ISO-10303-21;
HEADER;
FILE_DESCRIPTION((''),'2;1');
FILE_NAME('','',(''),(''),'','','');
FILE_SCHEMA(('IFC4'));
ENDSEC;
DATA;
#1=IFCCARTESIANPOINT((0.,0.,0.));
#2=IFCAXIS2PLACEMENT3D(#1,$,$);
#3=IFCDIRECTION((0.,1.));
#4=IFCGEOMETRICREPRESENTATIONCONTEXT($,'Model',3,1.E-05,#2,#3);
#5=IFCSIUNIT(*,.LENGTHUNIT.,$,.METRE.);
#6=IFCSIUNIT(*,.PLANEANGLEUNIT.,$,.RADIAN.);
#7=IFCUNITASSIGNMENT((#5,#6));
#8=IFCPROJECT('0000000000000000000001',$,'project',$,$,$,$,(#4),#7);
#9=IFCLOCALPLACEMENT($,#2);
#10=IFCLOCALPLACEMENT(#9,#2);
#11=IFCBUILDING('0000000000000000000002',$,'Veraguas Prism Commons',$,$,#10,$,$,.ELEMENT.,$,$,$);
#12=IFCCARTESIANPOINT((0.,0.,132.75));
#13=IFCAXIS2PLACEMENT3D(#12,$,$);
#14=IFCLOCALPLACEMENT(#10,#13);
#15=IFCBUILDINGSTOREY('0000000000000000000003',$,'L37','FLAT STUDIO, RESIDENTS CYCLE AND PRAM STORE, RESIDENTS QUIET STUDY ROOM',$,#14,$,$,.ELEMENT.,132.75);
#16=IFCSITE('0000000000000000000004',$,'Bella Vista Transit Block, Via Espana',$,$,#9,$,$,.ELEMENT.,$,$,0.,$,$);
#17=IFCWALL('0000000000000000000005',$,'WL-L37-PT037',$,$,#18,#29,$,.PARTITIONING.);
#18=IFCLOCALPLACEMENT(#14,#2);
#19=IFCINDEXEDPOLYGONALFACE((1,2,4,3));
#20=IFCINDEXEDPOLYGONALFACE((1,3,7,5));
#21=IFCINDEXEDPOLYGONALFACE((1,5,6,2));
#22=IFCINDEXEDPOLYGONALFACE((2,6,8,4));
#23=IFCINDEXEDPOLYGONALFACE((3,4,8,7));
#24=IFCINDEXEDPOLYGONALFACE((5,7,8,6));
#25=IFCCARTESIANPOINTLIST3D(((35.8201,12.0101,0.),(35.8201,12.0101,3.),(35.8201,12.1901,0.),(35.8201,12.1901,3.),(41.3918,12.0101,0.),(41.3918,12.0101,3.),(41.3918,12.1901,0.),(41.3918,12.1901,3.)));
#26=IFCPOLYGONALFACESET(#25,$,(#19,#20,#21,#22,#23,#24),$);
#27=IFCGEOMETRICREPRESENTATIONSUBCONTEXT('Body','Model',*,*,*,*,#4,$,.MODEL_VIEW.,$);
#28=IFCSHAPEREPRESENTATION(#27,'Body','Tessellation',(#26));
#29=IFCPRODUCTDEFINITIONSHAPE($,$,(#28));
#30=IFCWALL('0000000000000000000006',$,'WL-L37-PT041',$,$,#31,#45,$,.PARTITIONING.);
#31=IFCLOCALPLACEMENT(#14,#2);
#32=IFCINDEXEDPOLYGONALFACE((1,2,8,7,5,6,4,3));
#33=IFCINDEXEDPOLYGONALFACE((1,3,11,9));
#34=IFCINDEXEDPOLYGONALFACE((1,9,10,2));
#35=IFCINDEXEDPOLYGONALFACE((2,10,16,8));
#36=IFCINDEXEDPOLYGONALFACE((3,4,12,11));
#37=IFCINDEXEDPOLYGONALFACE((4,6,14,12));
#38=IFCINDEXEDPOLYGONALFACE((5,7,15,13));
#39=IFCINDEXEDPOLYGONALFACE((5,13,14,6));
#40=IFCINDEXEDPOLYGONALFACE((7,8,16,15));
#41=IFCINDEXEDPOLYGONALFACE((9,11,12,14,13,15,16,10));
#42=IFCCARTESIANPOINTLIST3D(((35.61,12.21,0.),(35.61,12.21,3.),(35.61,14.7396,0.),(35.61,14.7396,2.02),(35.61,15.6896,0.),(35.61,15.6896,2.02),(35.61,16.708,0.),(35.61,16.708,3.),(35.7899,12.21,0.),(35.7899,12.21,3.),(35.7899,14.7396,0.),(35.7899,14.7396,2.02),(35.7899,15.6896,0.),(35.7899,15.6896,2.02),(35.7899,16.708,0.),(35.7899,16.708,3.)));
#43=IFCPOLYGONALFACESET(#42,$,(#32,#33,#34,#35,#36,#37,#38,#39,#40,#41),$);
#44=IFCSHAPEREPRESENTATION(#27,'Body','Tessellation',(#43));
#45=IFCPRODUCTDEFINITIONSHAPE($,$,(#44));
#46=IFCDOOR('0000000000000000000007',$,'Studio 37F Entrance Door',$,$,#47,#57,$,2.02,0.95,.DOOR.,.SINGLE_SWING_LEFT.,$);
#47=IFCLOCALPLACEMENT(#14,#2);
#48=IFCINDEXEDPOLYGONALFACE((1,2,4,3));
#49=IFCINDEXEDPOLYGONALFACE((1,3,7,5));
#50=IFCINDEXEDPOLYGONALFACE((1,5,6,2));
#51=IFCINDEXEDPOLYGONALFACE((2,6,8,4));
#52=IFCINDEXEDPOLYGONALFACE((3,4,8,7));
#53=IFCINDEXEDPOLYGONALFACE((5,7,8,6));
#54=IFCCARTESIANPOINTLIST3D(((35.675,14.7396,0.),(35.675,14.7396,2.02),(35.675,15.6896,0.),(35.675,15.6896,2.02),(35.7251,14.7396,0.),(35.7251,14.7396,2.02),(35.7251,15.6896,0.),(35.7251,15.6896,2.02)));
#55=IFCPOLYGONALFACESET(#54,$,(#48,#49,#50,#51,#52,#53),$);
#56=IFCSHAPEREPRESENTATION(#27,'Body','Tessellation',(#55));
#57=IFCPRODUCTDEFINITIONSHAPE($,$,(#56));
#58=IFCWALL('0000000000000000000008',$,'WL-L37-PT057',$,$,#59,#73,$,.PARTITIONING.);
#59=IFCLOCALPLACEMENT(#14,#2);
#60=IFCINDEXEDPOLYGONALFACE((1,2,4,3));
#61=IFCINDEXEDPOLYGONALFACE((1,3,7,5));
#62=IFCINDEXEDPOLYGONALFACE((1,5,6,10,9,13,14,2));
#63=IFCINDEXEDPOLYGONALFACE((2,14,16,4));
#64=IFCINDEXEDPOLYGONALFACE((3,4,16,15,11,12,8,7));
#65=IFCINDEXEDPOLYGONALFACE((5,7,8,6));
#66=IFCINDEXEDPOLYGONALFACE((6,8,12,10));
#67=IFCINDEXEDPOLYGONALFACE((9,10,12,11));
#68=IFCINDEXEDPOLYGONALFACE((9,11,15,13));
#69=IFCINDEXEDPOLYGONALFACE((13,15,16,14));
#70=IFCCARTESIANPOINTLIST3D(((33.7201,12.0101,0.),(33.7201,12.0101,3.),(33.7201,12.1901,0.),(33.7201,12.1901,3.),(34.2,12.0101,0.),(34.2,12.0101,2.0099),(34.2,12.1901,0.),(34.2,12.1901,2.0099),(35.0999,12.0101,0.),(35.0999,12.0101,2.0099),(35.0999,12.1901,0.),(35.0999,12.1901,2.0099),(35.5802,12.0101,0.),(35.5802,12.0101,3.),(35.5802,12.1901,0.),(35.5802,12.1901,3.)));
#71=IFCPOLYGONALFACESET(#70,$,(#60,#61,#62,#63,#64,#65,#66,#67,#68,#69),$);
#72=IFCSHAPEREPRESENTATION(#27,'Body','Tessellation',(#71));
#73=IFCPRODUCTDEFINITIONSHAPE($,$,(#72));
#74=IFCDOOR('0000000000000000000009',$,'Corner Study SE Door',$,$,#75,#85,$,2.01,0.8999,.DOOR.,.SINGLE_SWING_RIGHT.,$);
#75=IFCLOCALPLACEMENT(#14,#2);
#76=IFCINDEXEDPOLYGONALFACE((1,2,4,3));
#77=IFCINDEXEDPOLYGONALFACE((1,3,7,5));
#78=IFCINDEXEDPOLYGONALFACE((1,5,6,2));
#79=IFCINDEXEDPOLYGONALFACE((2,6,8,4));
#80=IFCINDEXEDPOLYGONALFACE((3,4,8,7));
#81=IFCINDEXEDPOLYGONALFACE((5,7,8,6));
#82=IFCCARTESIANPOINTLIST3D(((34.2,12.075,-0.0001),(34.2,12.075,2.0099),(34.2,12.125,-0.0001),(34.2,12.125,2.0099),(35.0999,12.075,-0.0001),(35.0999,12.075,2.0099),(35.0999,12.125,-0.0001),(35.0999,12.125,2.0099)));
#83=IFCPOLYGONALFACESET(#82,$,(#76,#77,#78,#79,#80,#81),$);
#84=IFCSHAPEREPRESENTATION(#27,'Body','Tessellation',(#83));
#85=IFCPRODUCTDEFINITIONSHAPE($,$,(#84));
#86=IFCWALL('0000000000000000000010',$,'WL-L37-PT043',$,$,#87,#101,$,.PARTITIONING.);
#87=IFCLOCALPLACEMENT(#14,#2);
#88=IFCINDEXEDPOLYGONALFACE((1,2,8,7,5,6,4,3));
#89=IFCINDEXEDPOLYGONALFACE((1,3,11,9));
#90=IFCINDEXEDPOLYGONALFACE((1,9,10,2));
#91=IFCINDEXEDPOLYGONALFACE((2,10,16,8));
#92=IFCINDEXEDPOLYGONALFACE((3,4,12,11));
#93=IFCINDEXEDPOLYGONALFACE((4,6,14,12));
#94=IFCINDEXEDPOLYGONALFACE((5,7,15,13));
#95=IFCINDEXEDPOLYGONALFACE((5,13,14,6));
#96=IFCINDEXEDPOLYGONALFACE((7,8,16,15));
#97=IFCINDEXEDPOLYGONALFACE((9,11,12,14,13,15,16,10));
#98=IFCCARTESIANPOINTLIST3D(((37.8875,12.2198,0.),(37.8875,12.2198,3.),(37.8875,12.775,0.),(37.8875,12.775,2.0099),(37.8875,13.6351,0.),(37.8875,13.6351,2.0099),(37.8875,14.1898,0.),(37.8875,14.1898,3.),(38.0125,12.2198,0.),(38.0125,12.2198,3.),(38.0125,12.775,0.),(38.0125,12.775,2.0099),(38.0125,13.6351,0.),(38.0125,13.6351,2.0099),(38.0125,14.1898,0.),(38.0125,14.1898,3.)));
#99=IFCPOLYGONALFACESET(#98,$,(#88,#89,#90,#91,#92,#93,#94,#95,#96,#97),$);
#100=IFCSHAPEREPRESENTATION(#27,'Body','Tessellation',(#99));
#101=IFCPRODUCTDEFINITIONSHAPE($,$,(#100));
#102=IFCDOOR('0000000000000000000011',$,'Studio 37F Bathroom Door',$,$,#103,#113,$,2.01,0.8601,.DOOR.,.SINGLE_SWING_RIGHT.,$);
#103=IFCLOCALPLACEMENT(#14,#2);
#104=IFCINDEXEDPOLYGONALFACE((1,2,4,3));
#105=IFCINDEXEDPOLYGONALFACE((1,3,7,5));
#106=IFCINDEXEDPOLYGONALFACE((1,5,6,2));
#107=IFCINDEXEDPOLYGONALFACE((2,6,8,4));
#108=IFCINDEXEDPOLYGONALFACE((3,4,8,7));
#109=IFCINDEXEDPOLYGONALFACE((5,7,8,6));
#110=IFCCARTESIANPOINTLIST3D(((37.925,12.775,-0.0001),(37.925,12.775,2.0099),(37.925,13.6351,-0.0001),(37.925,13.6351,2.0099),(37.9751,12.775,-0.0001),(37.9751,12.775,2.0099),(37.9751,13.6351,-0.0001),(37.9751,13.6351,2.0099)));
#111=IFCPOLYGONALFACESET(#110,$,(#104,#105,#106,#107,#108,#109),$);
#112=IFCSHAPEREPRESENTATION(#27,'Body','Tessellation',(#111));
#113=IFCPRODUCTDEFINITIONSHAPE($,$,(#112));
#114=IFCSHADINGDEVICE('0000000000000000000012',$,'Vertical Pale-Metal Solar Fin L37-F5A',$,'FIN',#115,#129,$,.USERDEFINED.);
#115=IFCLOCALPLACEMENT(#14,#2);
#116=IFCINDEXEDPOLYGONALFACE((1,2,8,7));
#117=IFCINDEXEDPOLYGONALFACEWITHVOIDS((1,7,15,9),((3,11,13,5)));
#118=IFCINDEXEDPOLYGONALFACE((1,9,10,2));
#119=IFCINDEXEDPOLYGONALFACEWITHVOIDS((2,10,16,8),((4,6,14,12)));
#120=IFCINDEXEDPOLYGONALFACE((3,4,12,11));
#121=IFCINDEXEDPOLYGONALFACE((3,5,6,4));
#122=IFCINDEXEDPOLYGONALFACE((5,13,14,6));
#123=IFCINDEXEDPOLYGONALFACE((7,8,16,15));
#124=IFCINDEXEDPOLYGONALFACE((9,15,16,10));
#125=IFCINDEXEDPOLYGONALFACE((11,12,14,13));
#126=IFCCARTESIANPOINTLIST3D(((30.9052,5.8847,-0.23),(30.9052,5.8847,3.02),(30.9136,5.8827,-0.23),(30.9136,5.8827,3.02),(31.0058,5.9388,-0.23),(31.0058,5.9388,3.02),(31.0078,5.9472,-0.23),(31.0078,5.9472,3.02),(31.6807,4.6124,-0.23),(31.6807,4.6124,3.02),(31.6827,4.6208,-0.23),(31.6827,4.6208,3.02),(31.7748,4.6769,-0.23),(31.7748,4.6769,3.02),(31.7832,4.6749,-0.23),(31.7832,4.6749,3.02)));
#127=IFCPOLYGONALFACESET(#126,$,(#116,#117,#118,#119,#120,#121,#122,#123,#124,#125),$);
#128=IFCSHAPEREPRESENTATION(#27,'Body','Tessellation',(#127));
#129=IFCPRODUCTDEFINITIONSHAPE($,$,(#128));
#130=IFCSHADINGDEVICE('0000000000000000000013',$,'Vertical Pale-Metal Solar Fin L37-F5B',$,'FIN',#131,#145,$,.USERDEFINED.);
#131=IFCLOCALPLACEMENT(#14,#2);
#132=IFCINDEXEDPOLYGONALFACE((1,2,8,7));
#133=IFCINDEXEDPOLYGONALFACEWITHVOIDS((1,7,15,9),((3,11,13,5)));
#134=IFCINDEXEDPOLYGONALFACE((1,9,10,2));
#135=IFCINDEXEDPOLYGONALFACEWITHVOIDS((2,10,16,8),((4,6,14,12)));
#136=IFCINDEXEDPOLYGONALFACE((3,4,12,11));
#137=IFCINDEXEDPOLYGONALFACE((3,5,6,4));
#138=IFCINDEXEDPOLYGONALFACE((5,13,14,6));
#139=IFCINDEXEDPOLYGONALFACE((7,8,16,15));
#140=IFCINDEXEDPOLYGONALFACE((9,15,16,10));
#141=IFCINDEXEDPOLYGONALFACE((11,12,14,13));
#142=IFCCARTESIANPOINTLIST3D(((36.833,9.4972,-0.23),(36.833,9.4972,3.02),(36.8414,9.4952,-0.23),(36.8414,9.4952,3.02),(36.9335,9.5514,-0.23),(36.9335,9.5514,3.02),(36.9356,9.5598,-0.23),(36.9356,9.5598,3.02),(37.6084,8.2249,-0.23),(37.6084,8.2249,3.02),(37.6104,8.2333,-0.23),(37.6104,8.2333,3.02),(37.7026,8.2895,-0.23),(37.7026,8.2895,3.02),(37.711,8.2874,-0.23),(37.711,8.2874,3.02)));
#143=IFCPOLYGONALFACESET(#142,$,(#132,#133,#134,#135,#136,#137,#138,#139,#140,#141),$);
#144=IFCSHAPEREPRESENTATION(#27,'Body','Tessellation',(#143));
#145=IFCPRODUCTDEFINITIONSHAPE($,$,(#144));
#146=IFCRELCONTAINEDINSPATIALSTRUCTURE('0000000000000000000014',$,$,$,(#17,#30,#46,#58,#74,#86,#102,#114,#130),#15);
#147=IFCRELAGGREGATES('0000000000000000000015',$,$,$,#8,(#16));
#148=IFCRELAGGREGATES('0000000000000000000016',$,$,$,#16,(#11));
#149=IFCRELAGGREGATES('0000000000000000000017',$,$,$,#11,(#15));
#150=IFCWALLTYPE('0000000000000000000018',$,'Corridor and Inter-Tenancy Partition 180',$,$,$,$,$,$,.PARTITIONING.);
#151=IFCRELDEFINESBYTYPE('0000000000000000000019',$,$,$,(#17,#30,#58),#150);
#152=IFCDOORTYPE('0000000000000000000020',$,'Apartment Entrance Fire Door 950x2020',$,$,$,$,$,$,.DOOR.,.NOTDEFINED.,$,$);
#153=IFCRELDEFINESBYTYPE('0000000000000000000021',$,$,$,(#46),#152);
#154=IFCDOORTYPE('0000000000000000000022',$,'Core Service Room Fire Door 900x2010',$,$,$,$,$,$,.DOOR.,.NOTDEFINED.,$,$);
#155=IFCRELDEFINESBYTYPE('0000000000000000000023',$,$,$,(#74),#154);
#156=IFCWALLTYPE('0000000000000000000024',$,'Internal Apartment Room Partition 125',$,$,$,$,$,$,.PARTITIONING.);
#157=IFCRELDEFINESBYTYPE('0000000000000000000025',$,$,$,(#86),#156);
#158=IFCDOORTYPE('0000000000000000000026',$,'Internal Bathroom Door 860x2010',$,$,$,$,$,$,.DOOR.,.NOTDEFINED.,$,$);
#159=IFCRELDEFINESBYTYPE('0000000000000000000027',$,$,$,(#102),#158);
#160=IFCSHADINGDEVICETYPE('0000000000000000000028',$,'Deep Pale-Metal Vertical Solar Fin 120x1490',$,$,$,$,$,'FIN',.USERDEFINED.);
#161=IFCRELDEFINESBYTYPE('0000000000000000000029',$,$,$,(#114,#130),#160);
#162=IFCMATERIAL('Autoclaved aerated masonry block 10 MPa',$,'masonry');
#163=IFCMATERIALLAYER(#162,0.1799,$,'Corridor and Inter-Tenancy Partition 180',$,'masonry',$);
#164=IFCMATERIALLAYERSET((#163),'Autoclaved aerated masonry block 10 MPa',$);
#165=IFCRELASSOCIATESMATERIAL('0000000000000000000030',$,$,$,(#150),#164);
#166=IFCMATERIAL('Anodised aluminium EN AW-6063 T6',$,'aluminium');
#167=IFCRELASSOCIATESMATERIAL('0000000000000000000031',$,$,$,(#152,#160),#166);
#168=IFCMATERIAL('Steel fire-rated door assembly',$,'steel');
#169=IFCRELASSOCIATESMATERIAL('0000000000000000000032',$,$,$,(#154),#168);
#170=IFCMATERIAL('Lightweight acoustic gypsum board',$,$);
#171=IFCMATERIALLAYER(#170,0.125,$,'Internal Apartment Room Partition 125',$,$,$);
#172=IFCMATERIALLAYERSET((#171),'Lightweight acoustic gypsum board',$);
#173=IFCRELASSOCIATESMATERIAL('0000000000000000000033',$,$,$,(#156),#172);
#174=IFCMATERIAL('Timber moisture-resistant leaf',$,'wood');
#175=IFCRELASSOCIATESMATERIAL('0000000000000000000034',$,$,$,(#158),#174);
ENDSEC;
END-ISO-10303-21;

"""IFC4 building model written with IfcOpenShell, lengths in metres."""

from ifc_helpers import new_model, si_unit, direction, frame, frame_2d, origin, origin_2d, place, context, subcontext, project, spatial, rectangle, hollow_rectangle, extrude, source, transform, mapped, material, layer, layer_set, material_profile, profile_set, type_object, element, fill, save


model = new_model("IFC4")

# Units and contexts
model_context = context("Model", 3, precision=1e-05, world=origin(), true_north=direction((0.0, 1.0)))
body_context = subcontext(model_context, "Body", "Model", "MODEL_VIEW")
ifc_project = project(units=[si_unit("LENGTHUNIT", "METRE"), si_unit("PLANEANGLEUNIT", "RADIAN")], contexts=[model_context])

# Site, building, storey
site_placement = place(None, origin())
site = spatial("IfcSite", under=ifc_project, at=site_placement, Name="Bella Vista Transit Block, Via Espana", CompositionType="ELEMENT", RefElevation=0.0)
building_placement = place(site_placement, origin())
building = spatial("IfcBuilding", under=site, at=building_placement, Name="Veraguas Prism Commons", CompositionType="ELEMENT")
storey_placement = place(building_placement, frame((0.0, 0.0, 132.75)))
storey = spatial("IfcBuildingStorey", under=building, at=storey_placement, Name="L37", Description="FLAT STUDIO, RESIDENTS CYCLE AND PRAM STORE, RESIDENTS QUIET STUDY ROOM", CompositionType="ELEMENT", Elevation=132.75)

# Shared definitions
ifc_material_1 = material(Name="Anodised aluminium EN AW-6063 T6", Category="aluminium")

# Wall
ifc_material_2 = material(Name="Autoclaved aerated masonry block 10 MPa", Category="masonry")
ifc_layer_1 = layer(ifc_material_2, 0.1799, Name="Corridor and Inter-Tenancy Partition 180", Category="masonry")
ifc_layer_set_1 = layer_set([ifc_layer_1], Name="Autoclaved aerated masonry block 10 MPa")
wall_type_1 = type_object("IfcWallType", Name="Corridor and Inter-Tenancy Partition 180", PredefinedType="PARTITIONING", material=ifc_layer_set_1)
wall_1_placement = place(storey_placement, frame((35.8201, 12.1001, 0.0), z_axis=(0.0, 0.0, 1.0), x_axis=(1.0, 0.0, 0.0)))
element("IfcWall", 1, at=wall_1_placement, inside=storey, type_object=wall_type_1, Name="WL-L37-PT037", PredefinedType="PARTITIONING", context=body_context, shape_type="SweptSolid", body=[
    extrude(rectangle(XDim=5.5718, YDim=0.1799, at=frame_2d((2.7859, 0.0))), origin(), (0.0, 0.0, 1.0), 3.0),
])

# Walls, openings, doors
wall_2_placement = place(storey_placement, frame((35.7, 12.21, 0.0), z_axis=(0.0, 0.0, 1.0), x_axis=(0.0, 1.0, 0.0)))
wall_2 = element("IfcWall", 2, at=wall_2_placement, inside=storey, type_object=wall_type_1, Name="WL-L37-PT041", PredefinedType="PARTITIONING", context=body_context, shape_type="SweptSolid", body=[
    extrude(rectangle(XDim=4.498, YDim=0.1799, at=frame_2d((2.249, 0.0))), origin(), (0.0, 0.0, 1.0), 3.0),
])
opening_1_placement = place(wall_2_placement, frame((2.5295, 0.0, 0.0)))
opening_1 = element("IfcOpeningElement", 3, at=opening_1_placement, cuts=wall_2, PredefinedType="OPENING", context=body_context, shape_type="SweptSolid", body=[
    extrude(rectangle(XDim=0.95, YDim=2.02, at=frame_2d((0.4751, 1.01))), frame((0.0, 0.0999, 0.0), z_axis=(0.0, -1.0, 0.0), x_axis=(1.0, 0.0, 0.0)), (0.0, 0.0, 1.0), 0.2),
])
door_type_1 = type_object("IfcDoorType", Name="Apartment Entrance Fire Door 950x2020", OperationType="NOTDEFINED", PredefinedType="DOOR", material=ifc_material_1)
shared_shape_1 = source(origin(), body_context, "Body", "SweptSolid", [
    extrude(rectangle(XDim=0.95, YDim=2.02, at=frame_2d((0.4751, 1.01))), frame((0.0, 0.0249, 0.0), z_axis=(0.0, -1.0, 0.0), x_axis=(1.0, 0.0, 0.0)), (0.0, 0.0, 1.0), 0.05),
])
door_1_placement = place(opening_1_placement, origin())
door_1 = element("IfcDoor", 4, at=door_1_placement, inside=storey, type_object=door_type_1, Name="Studio 37F Entrance Door", OperationType="SINGLE_SWING_LEFT", OverallHeight=2.02, OverallWidth=0.95, PredefinedType="DOOR", context=body_context, shape_type="MappedRepresentation", body=[
    mapped(shared_shape_1, transform((0.0, 0.0, 0.0), scale=1.0)),
])
fill(opening_1, door_1)
wall_3_placement = place(storey_placement, frame((33.72, 12.1001, 0.0), z_axis=(0.0, 0.0, 1.0), x_axis=(1.0, 0.0, 0.0)))
wall_3 = element("IfcWall", 5, at=wall_3_placement, inside=storey, type_object=wall_type_1, Name="WL-L37-PT057", PredefinedType="PARTITIONING", context=body_context, shape_type="SweptSolid", body=[
    extrude(rectangle(XDim=1.8601, YDim=0.1799, at=frame_2d((0.9302, 0.0))), origin(), (0.0, 0.0, 1.0), 3.0),
])
opening_2_placement = place(wall_3_placement, frame((0.48, 0.0, 0.0)))
opening_2 = element("IfcOpeningElement", 6, at=opening_2_placement, cuts=wall_3, PredefinedType="OPENING", context=body_context, shape_type="SweptSolid", body=[
    extrude(rectangle(XDim=0.8999, YDim=2.01, at=frame_2d((0.45, 1.0049))), frame((0.0, 0.0999, 0.0), z_axis=(0.0, -1.0, 0.0), x_axis=(1.0, 0.0, 0.0)), (0.0, 0.0, 1.0), 0.2),
])
ifc_material_3 = material(Name="Steel fire-rated door assembly", Category="steel")
door_type_2 = type_object("IfcDoorType", Name="Core Service Room Fire Door 900x2010", OperationType="NOTDEFINED", PredefinedType="DOOR", material=ifc_material_3)
shared_shape_2 = source(origin(), body_context, "Body", "SweptSolid", [
    extrude(rectangle(XDim=0.8999, YDim=2.01, at=frame_2d((0.45, 1.0049))), frame((0.0, 0.0249, 0.0), z_axis=(0.0, -1.0, 0.0), x_axis=(1.0, 0.0, 0.0)), (0.0, 0.0, 1.0), 0.05),
])
door_2_placement = place(opening_2_placement, origin())
door_2 = element("IfcDoor", 7, at=door_2_placement, inside=storey, type_object=door_type_2, Name="Corner Study SE Door", OperationType="SINGLE_SWING_RIGHT", OverallHeight=2.01, OverallWidth=0.8999, PredefinedType="DOOR", context=body_context, shape_type="MappedRepresentation", body=[
    mapped(shared_shape_2, transform((0.0, 0.0, 0.0), scale=1.0)),
])
fill(opening_2, door_2)
ifc_material_4 = material(Name="Lightweight acoustic gypsum board")
ifc_layer_2 = layer(ifc_material_4, 0.125, Name="Internal Apartment Room Partition 125")
ifc_layer_set_2 = layer_set([ifc_layer_2], Name="Lightweight acoustic gypsum board")
wall_type_2 = type_object("IfcWallType", Name="Internal Apartment Room Partition 125", PredefinedType="PARTITIONING", material=ifc_layer_set_2)
wall_4_placement = place(storey_placement, frame((37.95, 12.22, 0.0), z_axis=(0.0, 0.0, 1.0), x_axis=(0.0, 1.0, 0.0)))
wall_4 = element("IfcWall", 8, at=wall_4_placement, inside=storey, type_object=wall_type_2, Name="WL-L37-PT043", PredefinedType="PARTITIONING", context=body_context, shape_type="SweptSolid", body=[
    extrude(rectangle(XDim=1.97, YDim=0.125, at=frame_2d((0.9849, 0.0))), origin(), (0.0, 0.0, 1.0), 3.0),
])
opening_3_placement = place(wall_4_placement, frame((0.5549, 0.0, 0.0)))
opening_3 = element("IfcOpeningElement", 9, at=opening_3_placement, cuts=wall_4, PredefinedType="OPENING", context=body_context, shape_type="SweptSolid", body=[
    extrude(rectangle(XDim=0.8601, YDim=2.01, at=frame_2d((0.4302, 1.0049))), frame((0.0, 0.0725, 0.0), z_axis=(0.0, -1.0, 0.0), x_axis=(1.0, 0.0, 0.0)), (0.0, 0.0, 1.0), 0.145),
])
ifc_material_5 = material(Name="Timber moisture-resistant leaf", Category="wood")
door_type_3 = type_object("IfcDoorType", Name="Internal Bathroom Door 860x2010", OperationType="NOTDEFINED", PredefinedType="DOOR", material=ifc_material_5)
shared_shape_3 = source(origin(), body_context, "Body", "SweptSolid", [
    extrude(rectangle(XDim=0.8601, YDim=2.01, at=frame_2d((0.4302, 1.0049))), frame((0.0, 0.0249, 0.0), z_axis=(0.0, -1.0, 0.0), x_axis=(1.0, 0.0, 0.0)), (0.0, 0.0, 1.0), 0.05),
])
door_3_placement = place(opening_3_placement, origin())
door_3 = element("IfcDoor", 10, at=door_3_placement, inside=storey, type_object=door_type_3, Name="Studio 37F Bathroom Door", OperationType="SINGLE_SWING_RIGHT", OverallHeight=2.01, OverallWidth=0.8601, PredefinedType="DOOR", context=body_context, shape_type="MappedRepresentation", body=[
    mapped(shared_shape_3, transform((0.0, 0.0, 0.0), scale=1.0)),
])
fill(opening_3, door_3)

# Shading devices
ifc_material_profile_1 = material_profile(ifc_material_1, hollow_rectangle(XDim=0.1201, YDim=1.49, WallThickness=0.0061, at=origin_2d()), Name="FIN120X1490X6")
ifc_profile_set_1 = profile_set([ifc_material_profile_1], Name="Anodised aluminium EN AW-6063 T6")
shading_device_type = type_object("IfcShadingDeviceType", Name="Deep Pale-Metal Vertical Solar Fin 120x1490", ElementType="FIN", PredefinedType="USERDEFINED", material=ifc_profile_set_1)
for number, where, z_axis, x_axis, name in (
    (11, (31.3442, 5.2798, -0.23), (0.0, 0.0, 1.0), (0.853916, 0.520411, 0.0), "Vertical Pale-Metal Solar Fin L37-F5A"),
    (12, (37.272, 8.8923, -0.23), (0.0, 0.0, 1.0), (0.853916, 0.520411, 0.0), "Vertical Pale-Metal Solar Fin L37-F5B"),
):
    element("IfcShadingDevice", number, at=place(storey_placement, frame(where, z_axis=z_axis, x_axis=x_axis)), inside=storey, type_object=shading_device_type, Name=name, ObjectType="FIN", PredefinedType="USERDEFINED", context=body_context, shape_type="SweptSolid", body=[
        extrude(hollow_rectangle(XDim=0.1201, YDim=1.49, WallThickness=0.0061, at=origin_2d()), origin(), (0.0, 0.0, 1.0), 3.25),
    ])

save(model, "model.ifc")
